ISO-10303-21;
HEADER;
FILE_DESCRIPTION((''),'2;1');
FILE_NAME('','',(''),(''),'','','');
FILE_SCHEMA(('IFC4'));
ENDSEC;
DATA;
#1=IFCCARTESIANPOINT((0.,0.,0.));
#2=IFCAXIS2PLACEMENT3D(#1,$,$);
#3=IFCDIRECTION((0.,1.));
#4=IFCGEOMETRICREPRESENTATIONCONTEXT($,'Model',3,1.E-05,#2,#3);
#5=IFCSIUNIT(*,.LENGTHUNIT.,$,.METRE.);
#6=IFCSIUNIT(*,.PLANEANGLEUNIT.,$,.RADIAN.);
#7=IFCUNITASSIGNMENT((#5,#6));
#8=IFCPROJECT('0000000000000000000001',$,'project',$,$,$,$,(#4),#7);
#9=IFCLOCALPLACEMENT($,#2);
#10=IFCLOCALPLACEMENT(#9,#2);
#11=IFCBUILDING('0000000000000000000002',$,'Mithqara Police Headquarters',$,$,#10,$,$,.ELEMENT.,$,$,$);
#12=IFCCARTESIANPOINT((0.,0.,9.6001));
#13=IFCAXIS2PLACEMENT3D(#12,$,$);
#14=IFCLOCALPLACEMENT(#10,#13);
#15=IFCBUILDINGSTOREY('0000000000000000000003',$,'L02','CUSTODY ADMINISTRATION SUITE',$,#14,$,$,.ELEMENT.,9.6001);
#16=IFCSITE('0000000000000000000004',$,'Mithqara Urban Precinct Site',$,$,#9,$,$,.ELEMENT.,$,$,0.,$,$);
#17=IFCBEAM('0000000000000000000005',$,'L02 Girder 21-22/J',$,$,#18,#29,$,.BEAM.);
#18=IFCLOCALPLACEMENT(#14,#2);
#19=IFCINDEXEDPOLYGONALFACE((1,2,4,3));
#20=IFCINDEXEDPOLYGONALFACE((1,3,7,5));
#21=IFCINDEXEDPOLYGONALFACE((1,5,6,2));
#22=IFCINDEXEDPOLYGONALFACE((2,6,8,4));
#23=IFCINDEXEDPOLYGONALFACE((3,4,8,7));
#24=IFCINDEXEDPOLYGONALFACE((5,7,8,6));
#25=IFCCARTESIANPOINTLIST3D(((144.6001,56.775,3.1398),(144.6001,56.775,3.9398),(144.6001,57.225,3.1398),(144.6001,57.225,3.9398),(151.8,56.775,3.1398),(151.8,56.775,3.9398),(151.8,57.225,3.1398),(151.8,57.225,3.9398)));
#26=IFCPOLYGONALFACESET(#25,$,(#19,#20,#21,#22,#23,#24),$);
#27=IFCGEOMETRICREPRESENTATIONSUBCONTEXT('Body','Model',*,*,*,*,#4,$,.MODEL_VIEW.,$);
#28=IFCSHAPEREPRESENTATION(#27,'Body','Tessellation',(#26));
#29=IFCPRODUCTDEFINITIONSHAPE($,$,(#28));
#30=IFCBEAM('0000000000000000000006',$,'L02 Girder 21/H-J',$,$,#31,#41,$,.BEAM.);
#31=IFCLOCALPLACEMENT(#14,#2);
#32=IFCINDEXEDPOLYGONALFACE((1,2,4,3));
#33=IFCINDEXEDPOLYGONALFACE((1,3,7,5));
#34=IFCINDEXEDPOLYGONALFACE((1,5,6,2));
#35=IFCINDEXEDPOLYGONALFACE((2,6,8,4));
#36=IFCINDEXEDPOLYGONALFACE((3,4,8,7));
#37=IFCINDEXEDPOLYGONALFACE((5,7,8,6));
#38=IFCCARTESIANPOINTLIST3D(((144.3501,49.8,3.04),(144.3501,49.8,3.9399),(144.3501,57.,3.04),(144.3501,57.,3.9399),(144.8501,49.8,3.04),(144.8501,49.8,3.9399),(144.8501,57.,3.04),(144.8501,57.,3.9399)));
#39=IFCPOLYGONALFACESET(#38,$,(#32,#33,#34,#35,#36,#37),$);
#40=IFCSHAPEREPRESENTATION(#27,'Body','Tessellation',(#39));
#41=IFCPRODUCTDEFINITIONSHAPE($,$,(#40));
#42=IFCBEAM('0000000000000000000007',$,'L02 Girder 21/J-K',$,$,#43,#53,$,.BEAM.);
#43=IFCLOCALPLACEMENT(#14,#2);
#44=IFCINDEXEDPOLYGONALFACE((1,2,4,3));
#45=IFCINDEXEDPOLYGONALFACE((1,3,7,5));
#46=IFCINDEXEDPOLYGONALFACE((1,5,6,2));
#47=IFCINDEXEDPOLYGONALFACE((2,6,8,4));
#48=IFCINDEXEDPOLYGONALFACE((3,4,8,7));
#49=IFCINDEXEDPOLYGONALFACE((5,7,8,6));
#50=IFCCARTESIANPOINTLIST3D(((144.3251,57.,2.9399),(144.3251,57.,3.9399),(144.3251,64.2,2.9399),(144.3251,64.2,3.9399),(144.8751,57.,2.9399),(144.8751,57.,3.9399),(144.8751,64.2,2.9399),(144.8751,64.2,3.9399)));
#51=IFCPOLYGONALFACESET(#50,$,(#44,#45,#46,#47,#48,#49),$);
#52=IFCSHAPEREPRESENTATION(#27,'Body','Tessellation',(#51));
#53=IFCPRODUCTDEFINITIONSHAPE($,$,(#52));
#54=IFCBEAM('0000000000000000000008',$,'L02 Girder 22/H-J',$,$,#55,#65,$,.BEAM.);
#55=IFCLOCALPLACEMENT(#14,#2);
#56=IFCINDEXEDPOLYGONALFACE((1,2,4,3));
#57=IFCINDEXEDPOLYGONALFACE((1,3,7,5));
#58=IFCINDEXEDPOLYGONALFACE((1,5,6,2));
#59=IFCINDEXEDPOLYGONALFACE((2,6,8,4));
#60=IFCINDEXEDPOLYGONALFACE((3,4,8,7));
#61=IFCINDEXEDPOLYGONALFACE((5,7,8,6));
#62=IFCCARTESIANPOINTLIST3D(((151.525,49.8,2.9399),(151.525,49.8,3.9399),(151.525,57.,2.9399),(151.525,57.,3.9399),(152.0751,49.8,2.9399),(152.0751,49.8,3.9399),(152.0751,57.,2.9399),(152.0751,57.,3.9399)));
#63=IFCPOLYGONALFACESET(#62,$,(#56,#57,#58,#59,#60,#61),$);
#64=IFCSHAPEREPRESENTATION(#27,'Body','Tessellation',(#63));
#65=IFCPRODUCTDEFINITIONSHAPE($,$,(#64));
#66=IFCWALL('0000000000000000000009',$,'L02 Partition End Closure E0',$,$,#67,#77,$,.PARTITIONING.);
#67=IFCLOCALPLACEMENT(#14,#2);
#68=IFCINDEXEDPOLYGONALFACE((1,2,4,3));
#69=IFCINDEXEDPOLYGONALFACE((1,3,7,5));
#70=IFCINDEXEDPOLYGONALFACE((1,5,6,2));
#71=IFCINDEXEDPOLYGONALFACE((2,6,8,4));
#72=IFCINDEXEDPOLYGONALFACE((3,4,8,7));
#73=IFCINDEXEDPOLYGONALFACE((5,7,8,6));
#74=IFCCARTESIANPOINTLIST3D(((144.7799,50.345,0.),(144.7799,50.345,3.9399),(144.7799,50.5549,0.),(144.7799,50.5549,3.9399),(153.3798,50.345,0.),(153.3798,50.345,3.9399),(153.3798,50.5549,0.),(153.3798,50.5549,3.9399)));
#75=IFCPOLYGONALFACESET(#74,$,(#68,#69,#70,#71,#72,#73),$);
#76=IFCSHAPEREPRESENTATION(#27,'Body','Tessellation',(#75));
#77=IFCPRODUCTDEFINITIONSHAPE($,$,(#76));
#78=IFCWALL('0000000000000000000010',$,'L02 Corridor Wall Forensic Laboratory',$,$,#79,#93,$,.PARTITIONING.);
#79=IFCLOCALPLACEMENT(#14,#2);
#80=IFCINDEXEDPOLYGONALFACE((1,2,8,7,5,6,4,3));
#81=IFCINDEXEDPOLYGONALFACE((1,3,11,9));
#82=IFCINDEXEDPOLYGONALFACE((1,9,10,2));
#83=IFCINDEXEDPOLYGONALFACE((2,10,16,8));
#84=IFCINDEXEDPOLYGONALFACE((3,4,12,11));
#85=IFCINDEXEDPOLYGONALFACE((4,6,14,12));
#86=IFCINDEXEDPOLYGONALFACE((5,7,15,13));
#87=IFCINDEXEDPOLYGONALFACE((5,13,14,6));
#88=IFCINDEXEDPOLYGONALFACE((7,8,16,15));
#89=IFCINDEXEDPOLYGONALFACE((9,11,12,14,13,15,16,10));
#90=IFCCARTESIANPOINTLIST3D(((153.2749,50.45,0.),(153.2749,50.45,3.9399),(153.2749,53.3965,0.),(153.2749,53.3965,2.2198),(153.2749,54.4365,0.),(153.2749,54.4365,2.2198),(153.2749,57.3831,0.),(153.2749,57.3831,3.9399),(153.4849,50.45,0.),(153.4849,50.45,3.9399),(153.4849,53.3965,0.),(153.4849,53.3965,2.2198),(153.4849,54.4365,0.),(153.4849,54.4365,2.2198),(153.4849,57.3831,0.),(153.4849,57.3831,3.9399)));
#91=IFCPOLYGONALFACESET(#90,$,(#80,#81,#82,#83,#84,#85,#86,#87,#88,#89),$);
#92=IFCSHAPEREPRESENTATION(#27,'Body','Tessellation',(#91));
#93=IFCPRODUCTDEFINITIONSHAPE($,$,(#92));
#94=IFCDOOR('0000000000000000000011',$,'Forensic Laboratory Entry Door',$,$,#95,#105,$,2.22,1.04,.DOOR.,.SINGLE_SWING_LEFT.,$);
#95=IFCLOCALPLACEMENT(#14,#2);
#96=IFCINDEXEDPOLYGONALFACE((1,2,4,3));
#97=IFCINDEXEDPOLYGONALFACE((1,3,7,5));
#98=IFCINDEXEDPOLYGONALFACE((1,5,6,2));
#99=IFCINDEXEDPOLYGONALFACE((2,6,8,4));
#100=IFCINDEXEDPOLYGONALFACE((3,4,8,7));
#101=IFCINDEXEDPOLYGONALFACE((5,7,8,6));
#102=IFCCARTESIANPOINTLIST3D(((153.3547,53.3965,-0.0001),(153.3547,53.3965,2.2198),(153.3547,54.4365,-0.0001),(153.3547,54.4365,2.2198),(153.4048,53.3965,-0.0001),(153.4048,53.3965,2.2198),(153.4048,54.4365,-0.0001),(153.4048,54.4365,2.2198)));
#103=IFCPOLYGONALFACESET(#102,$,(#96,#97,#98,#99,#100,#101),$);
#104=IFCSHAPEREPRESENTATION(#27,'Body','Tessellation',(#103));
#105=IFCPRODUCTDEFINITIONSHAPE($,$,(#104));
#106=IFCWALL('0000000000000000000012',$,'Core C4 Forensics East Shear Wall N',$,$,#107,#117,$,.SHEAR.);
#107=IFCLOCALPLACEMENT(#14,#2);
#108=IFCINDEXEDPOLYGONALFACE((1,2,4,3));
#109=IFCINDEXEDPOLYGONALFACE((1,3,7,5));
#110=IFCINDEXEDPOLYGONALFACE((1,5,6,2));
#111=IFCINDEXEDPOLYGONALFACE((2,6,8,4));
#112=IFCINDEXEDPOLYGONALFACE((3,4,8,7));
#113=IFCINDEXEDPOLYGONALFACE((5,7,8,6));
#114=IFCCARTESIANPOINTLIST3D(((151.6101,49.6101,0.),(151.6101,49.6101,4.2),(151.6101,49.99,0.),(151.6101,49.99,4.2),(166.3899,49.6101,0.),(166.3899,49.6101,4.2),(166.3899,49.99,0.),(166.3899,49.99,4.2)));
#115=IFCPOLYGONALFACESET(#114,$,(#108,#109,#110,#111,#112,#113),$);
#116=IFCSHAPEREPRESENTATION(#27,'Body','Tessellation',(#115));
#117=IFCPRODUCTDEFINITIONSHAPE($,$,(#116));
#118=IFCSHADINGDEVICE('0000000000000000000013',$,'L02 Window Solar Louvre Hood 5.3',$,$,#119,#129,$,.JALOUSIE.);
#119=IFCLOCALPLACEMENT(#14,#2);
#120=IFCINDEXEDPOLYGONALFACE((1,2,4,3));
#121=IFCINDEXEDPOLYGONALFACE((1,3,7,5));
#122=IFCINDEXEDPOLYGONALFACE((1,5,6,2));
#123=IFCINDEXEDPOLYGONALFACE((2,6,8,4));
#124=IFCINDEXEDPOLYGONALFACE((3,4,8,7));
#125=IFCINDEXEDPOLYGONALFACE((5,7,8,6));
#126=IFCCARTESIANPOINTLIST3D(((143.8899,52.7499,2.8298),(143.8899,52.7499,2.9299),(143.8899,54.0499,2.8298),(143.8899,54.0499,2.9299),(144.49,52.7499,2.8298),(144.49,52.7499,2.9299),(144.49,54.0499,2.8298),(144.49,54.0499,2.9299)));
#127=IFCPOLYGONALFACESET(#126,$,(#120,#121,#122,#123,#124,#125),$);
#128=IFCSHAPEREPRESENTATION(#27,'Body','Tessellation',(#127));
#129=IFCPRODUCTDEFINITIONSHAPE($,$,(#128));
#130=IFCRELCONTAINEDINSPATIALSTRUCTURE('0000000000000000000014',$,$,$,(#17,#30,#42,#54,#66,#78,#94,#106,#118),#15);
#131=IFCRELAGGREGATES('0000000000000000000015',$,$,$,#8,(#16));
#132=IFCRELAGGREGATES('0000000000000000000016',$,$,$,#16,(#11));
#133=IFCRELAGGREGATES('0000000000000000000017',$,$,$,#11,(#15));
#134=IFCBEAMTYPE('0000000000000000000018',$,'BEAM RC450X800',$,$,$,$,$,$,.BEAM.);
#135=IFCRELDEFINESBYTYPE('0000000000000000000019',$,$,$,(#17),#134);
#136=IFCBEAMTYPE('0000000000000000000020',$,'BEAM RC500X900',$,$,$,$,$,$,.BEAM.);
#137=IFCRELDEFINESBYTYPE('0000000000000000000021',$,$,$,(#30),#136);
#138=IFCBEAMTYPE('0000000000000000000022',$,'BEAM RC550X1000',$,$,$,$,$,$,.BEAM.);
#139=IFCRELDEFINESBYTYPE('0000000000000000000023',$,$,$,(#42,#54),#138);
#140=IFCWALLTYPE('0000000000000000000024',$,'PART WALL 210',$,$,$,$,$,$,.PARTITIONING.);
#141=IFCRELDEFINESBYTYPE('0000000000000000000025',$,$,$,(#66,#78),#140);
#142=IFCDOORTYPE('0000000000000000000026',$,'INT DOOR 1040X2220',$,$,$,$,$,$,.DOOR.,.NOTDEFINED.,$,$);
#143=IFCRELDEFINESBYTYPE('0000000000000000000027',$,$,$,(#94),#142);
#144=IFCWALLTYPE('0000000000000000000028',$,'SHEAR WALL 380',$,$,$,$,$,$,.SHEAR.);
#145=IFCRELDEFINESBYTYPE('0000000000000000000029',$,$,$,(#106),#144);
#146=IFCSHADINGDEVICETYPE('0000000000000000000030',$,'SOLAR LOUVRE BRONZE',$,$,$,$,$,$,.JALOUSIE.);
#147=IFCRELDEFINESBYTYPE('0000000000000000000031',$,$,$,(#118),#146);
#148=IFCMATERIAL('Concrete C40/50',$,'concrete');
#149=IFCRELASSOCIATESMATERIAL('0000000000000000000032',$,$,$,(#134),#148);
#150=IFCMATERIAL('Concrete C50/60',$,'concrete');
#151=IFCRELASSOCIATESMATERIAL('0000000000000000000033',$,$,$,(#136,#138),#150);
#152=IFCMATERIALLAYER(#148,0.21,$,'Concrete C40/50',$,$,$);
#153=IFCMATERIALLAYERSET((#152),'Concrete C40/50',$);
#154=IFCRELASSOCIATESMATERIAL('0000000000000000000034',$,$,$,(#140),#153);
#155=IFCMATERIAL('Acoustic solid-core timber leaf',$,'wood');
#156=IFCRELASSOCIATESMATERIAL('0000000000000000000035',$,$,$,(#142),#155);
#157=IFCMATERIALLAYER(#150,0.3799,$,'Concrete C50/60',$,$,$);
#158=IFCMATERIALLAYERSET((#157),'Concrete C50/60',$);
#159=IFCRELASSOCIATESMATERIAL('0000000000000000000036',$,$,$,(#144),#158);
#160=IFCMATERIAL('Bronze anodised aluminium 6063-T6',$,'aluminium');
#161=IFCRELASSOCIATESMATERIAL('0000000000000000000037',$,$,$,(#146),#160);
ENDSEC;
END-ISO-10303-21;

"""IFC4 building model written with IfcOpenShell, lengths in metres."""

from ifc_helpers import new_model, si_unit, direction, frame, frame_2d, origin, origin_2d, place, context, subcontext, project, spatial, rectangle, extrude, material, layer, layer_set, material_profile, profile_set, type_object, element, fill, save


model = new_model("IFC4")

# Units and contexts
model_context = context("Model", 3, precision=1e-05, world=origin(), true_north=direction((0.0, 1.0)))
body_context = subcontext(model_context, "Body", "Model", "MODEL_VIEW")
ifc_project = project(units=[si_unit("LENGTHUNIT", "METRE"), si_unit("PLANEANGLEUNIT", "RADIAN")], contexts=[model_context])

# Site, building, storey
site_placement = place(None, origin())
site = spatial("IfcSite", under=ifc_project, at=site_placement, Name="Mithqara Urban Precinct Site", CompositionType="ELEMENT", RefElevation=0.0)
building_placement = place(site_placement, origin())
building = spatial("IfcBuilding", under=site, at=building_placement, Name="Mithqara Police Headquarters", CompositionType="ELEMENT")
storey_placement = place(building_placement, frame((0.0, 0.0, 9.6001)))
storey = spatial("IfcBuildingStorey", under=building, at=storey_placement, Name="L02", Description="CUSTODY ADMINISTRATION SUITE", CompositionType="ELEMENT", Elevation=9.6001)

# Shared definitions
ifc_material_1 = material(Name="Concrete C50/60", Category="concrete")

# Beams
ifc_material_2 = material(Name="Concrete C40/50", Category="concrete")
ifc_material_profile_1 = material_profile(ifc_material_2, rectangle(XDim=0.45, YDim=0.8, at=origin_2d()), Name="RC 450x800")
ifc_profile_set_1 = profile_set([ifc_material_profile_1], Name="Concrete C40/50")
beam_type_1 = type_object("IfcBeamType", Name="BEAM RC450X800", PredefinedType="BEAM", material=ifc_profile_set_1)
beam_1_placement = place(storey_placement, frame((144.6001, 57.0, 3.5398), z_axis=(1.0, 0.0, 0.0), x_axis=(0.0, 1.0, 0.0)))
element("IfcBeam", 1, at=beam_1_placement, inside=storey, type_object=beam_type_1, Name="L02 Girder 21-22/J", PredefinedType="BEAM", context=body_context, shape_type="SweptSolid", body=[
    extrude(rectangle(XDim=0.45, YDim=0.8, at=origin_2d()), origin(), (0.0, 0.0, 1.0), 7.2),
])
ifc_material_profile_2 = material_profile(ifc_material_1, rectangle(XDim=0.5, YDim=0.8999, at=origin_2d()), Name="RC 500x900")
ifc_profile_set_2 = profile_set([ifc_material_profile_2], Name="Concrete C50/60")
beam_type_2 = type_object("IfcBeamType", Name="BEAM RC500X900", PredefinedType="BEAM", material=ifc_profile_set_2)
beam_2_placement = place(storey_placement, frame((144.6001, 49.8, 3.49), z_axis=(0.0, 1.0, 0.0), x_axis=(-1.0, 0.0, 0.0)))
element("IfcBeam", 2, at=beam_2_placement, inside=storey, type_object=beam_type_2, Name="L02 Girder 21/H-J", PredefinedType="BEAM", context=body_context, shape_type="SweptSolid", body=[
    extrude(rectangle(XDim=0.5, YDim=0.8999, at=origin_2d()), origin(), (0.0, 0.0, 1.0), 7.2),
])
ifc_material_profile_3 = material_profile(ifc_material_1, rectangle(XDim=0.55, YDim=1.0, at=origin_2d()), Name="RC 550x1000")
ifc_profile_set_3 = profile_set([ifc_material_profile_3], Name="Concrete C50/60")
beam_type_3 = type_object("IfcBeamType", Name="BEAM RC550X1000", PredefinedType="BEAM", material=ifc_profile_set_3)
for number, where, z_axis, x_axis, name in (
    (3, (144.6001, 57.0, 3.4399), (0.0, 1.0, 0.0), (-1.0, 0.0, 0.0), "L02 Girder 21/J-K"),
    (4, (151.8, 49.8, 3.4399), (0.0, 1.0, 0.0), (-1.0, 0.0, 0.0), "L02 Girder 22/H-J"),
):
    element("IfcBeam", number, at=place(storey_placement, frame(where, z_axis=z_axis, x_axis=x_axis)), inside=storey, type_object=beam_type_3, Name=name, PredefinedType="BEAM", context=body_context, shape_type="SweptSolid", body=[
        extrude(rectangle(XDim=0.55, YDim=1.0, at=origin_2d()), origin(), (0.0, 0.0, 1.0), 7.2),
    ])

# Wall
ifc_layer_1 = layer(ifc_material_2, 0.21, Name="Concrete C40/50")
ifc_layer_set_1 = layer_set([ifc_layer_1], Name="Concrete C40/50")
wall_type_1 = type_object("IfcWallType", Name="PART WALL 210", PredefinedType="PARTITIONING", material=ifc_layer_set_1)
wall_1_placement = place(storey_placement, frame((144.78, 50.45, 0.0), z_axis=(0.0, 0.0, 1.0), x_axis=(1.0, 0.0, 0.0)))
element("IfcWall", 5, at=wall_1_placement, inside=storey, type_object=wall_type_1, Name="L02 Partition End Closure E0", PredefinedType="PARTITIONING", context=body_context, shape_type="SweptSolid", body=[
    extrude(rectangle(XDim=8.5999, YDim=0.21, at=frame_2d((4.2998, 0.0))), origin(), (0.0, 0.0, 1.0), 3.9399),
])

# Wall, opening, door
wall_2_placement = place(storey_placement, frame((153.3799, 50.45, 0.0), z_axis=(0.0, 0.0, 1.0), x_axis=(0.0, 1.0, 0.0)))
wall_2 = element("IfcWall", 6, at=wall_2_placement, inside=storey, type_object=wall_type_1, Name="L02 Corridor Wall Forensic Laboratory", PredefinedType="PARTITIONING", context=body_context, shape_type="SweptSolid", body=[
    extrude(rectangle(XDim=6.9331, YDim=0.21, at=frame_2d((3.4666, 0.0))), origin(), (0.0, 0.0, 1.0), 3.9399),
])
opening_placement = place(wall_2_placement, frame((2.9465, 0.0, 0.0)))
opening = element("IfcOpeningElement", 7, at=opening_placement, cuts=wall_2, PredefinedType="OPENING", context=body_context, shape_type="SweptSolid", body=[
    extrude(rectangle(XDim=1.04, YDim=2.22, at=frame_2d((0.52, 1.1099))), frame((0.0, 0.115, 0.0), z_axis=(0.0, -1.0, 0.0), x_axis=(1.0, 0.0, 0.0)), (0.0, 0.0, 1.0), 0.23),
])
ifc_material_3 = material(Name="Acoustic solid-core timber leaf", Category="wood")
door_type = type_object("IfcDoorType", Name="INT DOOR 1040X2220", OperationType="NOTDEFINED", PredefinedType="DOOR", material=ifc_material_3)
door_placement = place(opening_placement, frame((1.04, 0.0, 0.0), z_axis=(0.0, 0.0, 1.0), x_axis=(-1.0, 0.0, 0.0)))
door = element("IfcDoor", 8, at=door_placement, inside=storey, type_object=door_type, Name="Forensic Laboratory Entry Door", OperationType="SINGLE_SWING_LEFT", OverallHeight=2.22, OverallWidth=1.04, PredefinedType="DOOR", context=body_context, shape_type="SweptSolid", body=[
    extrude(rectangle(XDim=1.04, YDim=2.22, at=frame_2d((0.52, 1.1099))), frame((0.0, 0.0249, 0.0), z_axis=(0.0, -1.0, 0.0), x_axis=(1.0, 0.0, 0.0)), (0.0, 0.0, 1.0), 0.05),
])
fill(opening, door)

# Wall
ifc_layer_2 = layer(ifc_material_1, 0.3799, Name="Concrete C50/60")
ifc_layer_set_2 = layer_set([ifc_layer_2], Name="Concrete C50/60")
wall_type_2 = type_object("IfcWallType", Name="SHEAR WALL 380", PredefinedType="SHEAR", material=ifc_layer_set_2)
wall_3_placement = place(storey_placement, frame((151.6101, 49.8, 0.0), z_axis=(0.0, 0.0, 1.0), x_axis=(1.0, 0.0, 0.0)))
element("IfcWall", 9, at=wall_3_placement, inside=storey, type_object=wall_type_2, Name="Core C4 Forensics East Shear Wall N", PredefinedType="SHEAR", context=body_context, shape_type="SweptSolid", body=[
    extrude(rectangle(XDim=14.7798, YDim=0.3799, at=frame_2d((7.3899, 0.0))), origin(), (0.0, 0.0, 1.0), 4.2),
])

# Shading device
ifc_material_4 = material(Name="Bronze anodised aluminium 6063-T6", Category="aluminium")
shading_device_type = type_object("IfcShadingDeviceType", Name="SOLAR LOUVRE BRONZE", PredefinedType="JALOUSIE", material=ifc_material_4)
shading_device_placement = place(storey_placement, frame((144.1899, 53.3999, 2.8298), z_axis=(0.0, 0.0, 1.0), x_axis=(0.0, 1.0, 0.0)))
element("IfcShadingDevice", 10, at=shading_device_placement, inside=storey, type_object=shading_device_type, Name="L02 Window Solar Louvre Hood 5.3", PredefinedType="JALOUSIE", context=body_context, shape_type="SweptSolid", body=[
    extrude(rectangle(XDim=1.3, YDim=0.6001, at=origin_2d()), origin(), (0.0, 0.0, 1.0), 0.1001),
])

save(model, "model.ifc")
